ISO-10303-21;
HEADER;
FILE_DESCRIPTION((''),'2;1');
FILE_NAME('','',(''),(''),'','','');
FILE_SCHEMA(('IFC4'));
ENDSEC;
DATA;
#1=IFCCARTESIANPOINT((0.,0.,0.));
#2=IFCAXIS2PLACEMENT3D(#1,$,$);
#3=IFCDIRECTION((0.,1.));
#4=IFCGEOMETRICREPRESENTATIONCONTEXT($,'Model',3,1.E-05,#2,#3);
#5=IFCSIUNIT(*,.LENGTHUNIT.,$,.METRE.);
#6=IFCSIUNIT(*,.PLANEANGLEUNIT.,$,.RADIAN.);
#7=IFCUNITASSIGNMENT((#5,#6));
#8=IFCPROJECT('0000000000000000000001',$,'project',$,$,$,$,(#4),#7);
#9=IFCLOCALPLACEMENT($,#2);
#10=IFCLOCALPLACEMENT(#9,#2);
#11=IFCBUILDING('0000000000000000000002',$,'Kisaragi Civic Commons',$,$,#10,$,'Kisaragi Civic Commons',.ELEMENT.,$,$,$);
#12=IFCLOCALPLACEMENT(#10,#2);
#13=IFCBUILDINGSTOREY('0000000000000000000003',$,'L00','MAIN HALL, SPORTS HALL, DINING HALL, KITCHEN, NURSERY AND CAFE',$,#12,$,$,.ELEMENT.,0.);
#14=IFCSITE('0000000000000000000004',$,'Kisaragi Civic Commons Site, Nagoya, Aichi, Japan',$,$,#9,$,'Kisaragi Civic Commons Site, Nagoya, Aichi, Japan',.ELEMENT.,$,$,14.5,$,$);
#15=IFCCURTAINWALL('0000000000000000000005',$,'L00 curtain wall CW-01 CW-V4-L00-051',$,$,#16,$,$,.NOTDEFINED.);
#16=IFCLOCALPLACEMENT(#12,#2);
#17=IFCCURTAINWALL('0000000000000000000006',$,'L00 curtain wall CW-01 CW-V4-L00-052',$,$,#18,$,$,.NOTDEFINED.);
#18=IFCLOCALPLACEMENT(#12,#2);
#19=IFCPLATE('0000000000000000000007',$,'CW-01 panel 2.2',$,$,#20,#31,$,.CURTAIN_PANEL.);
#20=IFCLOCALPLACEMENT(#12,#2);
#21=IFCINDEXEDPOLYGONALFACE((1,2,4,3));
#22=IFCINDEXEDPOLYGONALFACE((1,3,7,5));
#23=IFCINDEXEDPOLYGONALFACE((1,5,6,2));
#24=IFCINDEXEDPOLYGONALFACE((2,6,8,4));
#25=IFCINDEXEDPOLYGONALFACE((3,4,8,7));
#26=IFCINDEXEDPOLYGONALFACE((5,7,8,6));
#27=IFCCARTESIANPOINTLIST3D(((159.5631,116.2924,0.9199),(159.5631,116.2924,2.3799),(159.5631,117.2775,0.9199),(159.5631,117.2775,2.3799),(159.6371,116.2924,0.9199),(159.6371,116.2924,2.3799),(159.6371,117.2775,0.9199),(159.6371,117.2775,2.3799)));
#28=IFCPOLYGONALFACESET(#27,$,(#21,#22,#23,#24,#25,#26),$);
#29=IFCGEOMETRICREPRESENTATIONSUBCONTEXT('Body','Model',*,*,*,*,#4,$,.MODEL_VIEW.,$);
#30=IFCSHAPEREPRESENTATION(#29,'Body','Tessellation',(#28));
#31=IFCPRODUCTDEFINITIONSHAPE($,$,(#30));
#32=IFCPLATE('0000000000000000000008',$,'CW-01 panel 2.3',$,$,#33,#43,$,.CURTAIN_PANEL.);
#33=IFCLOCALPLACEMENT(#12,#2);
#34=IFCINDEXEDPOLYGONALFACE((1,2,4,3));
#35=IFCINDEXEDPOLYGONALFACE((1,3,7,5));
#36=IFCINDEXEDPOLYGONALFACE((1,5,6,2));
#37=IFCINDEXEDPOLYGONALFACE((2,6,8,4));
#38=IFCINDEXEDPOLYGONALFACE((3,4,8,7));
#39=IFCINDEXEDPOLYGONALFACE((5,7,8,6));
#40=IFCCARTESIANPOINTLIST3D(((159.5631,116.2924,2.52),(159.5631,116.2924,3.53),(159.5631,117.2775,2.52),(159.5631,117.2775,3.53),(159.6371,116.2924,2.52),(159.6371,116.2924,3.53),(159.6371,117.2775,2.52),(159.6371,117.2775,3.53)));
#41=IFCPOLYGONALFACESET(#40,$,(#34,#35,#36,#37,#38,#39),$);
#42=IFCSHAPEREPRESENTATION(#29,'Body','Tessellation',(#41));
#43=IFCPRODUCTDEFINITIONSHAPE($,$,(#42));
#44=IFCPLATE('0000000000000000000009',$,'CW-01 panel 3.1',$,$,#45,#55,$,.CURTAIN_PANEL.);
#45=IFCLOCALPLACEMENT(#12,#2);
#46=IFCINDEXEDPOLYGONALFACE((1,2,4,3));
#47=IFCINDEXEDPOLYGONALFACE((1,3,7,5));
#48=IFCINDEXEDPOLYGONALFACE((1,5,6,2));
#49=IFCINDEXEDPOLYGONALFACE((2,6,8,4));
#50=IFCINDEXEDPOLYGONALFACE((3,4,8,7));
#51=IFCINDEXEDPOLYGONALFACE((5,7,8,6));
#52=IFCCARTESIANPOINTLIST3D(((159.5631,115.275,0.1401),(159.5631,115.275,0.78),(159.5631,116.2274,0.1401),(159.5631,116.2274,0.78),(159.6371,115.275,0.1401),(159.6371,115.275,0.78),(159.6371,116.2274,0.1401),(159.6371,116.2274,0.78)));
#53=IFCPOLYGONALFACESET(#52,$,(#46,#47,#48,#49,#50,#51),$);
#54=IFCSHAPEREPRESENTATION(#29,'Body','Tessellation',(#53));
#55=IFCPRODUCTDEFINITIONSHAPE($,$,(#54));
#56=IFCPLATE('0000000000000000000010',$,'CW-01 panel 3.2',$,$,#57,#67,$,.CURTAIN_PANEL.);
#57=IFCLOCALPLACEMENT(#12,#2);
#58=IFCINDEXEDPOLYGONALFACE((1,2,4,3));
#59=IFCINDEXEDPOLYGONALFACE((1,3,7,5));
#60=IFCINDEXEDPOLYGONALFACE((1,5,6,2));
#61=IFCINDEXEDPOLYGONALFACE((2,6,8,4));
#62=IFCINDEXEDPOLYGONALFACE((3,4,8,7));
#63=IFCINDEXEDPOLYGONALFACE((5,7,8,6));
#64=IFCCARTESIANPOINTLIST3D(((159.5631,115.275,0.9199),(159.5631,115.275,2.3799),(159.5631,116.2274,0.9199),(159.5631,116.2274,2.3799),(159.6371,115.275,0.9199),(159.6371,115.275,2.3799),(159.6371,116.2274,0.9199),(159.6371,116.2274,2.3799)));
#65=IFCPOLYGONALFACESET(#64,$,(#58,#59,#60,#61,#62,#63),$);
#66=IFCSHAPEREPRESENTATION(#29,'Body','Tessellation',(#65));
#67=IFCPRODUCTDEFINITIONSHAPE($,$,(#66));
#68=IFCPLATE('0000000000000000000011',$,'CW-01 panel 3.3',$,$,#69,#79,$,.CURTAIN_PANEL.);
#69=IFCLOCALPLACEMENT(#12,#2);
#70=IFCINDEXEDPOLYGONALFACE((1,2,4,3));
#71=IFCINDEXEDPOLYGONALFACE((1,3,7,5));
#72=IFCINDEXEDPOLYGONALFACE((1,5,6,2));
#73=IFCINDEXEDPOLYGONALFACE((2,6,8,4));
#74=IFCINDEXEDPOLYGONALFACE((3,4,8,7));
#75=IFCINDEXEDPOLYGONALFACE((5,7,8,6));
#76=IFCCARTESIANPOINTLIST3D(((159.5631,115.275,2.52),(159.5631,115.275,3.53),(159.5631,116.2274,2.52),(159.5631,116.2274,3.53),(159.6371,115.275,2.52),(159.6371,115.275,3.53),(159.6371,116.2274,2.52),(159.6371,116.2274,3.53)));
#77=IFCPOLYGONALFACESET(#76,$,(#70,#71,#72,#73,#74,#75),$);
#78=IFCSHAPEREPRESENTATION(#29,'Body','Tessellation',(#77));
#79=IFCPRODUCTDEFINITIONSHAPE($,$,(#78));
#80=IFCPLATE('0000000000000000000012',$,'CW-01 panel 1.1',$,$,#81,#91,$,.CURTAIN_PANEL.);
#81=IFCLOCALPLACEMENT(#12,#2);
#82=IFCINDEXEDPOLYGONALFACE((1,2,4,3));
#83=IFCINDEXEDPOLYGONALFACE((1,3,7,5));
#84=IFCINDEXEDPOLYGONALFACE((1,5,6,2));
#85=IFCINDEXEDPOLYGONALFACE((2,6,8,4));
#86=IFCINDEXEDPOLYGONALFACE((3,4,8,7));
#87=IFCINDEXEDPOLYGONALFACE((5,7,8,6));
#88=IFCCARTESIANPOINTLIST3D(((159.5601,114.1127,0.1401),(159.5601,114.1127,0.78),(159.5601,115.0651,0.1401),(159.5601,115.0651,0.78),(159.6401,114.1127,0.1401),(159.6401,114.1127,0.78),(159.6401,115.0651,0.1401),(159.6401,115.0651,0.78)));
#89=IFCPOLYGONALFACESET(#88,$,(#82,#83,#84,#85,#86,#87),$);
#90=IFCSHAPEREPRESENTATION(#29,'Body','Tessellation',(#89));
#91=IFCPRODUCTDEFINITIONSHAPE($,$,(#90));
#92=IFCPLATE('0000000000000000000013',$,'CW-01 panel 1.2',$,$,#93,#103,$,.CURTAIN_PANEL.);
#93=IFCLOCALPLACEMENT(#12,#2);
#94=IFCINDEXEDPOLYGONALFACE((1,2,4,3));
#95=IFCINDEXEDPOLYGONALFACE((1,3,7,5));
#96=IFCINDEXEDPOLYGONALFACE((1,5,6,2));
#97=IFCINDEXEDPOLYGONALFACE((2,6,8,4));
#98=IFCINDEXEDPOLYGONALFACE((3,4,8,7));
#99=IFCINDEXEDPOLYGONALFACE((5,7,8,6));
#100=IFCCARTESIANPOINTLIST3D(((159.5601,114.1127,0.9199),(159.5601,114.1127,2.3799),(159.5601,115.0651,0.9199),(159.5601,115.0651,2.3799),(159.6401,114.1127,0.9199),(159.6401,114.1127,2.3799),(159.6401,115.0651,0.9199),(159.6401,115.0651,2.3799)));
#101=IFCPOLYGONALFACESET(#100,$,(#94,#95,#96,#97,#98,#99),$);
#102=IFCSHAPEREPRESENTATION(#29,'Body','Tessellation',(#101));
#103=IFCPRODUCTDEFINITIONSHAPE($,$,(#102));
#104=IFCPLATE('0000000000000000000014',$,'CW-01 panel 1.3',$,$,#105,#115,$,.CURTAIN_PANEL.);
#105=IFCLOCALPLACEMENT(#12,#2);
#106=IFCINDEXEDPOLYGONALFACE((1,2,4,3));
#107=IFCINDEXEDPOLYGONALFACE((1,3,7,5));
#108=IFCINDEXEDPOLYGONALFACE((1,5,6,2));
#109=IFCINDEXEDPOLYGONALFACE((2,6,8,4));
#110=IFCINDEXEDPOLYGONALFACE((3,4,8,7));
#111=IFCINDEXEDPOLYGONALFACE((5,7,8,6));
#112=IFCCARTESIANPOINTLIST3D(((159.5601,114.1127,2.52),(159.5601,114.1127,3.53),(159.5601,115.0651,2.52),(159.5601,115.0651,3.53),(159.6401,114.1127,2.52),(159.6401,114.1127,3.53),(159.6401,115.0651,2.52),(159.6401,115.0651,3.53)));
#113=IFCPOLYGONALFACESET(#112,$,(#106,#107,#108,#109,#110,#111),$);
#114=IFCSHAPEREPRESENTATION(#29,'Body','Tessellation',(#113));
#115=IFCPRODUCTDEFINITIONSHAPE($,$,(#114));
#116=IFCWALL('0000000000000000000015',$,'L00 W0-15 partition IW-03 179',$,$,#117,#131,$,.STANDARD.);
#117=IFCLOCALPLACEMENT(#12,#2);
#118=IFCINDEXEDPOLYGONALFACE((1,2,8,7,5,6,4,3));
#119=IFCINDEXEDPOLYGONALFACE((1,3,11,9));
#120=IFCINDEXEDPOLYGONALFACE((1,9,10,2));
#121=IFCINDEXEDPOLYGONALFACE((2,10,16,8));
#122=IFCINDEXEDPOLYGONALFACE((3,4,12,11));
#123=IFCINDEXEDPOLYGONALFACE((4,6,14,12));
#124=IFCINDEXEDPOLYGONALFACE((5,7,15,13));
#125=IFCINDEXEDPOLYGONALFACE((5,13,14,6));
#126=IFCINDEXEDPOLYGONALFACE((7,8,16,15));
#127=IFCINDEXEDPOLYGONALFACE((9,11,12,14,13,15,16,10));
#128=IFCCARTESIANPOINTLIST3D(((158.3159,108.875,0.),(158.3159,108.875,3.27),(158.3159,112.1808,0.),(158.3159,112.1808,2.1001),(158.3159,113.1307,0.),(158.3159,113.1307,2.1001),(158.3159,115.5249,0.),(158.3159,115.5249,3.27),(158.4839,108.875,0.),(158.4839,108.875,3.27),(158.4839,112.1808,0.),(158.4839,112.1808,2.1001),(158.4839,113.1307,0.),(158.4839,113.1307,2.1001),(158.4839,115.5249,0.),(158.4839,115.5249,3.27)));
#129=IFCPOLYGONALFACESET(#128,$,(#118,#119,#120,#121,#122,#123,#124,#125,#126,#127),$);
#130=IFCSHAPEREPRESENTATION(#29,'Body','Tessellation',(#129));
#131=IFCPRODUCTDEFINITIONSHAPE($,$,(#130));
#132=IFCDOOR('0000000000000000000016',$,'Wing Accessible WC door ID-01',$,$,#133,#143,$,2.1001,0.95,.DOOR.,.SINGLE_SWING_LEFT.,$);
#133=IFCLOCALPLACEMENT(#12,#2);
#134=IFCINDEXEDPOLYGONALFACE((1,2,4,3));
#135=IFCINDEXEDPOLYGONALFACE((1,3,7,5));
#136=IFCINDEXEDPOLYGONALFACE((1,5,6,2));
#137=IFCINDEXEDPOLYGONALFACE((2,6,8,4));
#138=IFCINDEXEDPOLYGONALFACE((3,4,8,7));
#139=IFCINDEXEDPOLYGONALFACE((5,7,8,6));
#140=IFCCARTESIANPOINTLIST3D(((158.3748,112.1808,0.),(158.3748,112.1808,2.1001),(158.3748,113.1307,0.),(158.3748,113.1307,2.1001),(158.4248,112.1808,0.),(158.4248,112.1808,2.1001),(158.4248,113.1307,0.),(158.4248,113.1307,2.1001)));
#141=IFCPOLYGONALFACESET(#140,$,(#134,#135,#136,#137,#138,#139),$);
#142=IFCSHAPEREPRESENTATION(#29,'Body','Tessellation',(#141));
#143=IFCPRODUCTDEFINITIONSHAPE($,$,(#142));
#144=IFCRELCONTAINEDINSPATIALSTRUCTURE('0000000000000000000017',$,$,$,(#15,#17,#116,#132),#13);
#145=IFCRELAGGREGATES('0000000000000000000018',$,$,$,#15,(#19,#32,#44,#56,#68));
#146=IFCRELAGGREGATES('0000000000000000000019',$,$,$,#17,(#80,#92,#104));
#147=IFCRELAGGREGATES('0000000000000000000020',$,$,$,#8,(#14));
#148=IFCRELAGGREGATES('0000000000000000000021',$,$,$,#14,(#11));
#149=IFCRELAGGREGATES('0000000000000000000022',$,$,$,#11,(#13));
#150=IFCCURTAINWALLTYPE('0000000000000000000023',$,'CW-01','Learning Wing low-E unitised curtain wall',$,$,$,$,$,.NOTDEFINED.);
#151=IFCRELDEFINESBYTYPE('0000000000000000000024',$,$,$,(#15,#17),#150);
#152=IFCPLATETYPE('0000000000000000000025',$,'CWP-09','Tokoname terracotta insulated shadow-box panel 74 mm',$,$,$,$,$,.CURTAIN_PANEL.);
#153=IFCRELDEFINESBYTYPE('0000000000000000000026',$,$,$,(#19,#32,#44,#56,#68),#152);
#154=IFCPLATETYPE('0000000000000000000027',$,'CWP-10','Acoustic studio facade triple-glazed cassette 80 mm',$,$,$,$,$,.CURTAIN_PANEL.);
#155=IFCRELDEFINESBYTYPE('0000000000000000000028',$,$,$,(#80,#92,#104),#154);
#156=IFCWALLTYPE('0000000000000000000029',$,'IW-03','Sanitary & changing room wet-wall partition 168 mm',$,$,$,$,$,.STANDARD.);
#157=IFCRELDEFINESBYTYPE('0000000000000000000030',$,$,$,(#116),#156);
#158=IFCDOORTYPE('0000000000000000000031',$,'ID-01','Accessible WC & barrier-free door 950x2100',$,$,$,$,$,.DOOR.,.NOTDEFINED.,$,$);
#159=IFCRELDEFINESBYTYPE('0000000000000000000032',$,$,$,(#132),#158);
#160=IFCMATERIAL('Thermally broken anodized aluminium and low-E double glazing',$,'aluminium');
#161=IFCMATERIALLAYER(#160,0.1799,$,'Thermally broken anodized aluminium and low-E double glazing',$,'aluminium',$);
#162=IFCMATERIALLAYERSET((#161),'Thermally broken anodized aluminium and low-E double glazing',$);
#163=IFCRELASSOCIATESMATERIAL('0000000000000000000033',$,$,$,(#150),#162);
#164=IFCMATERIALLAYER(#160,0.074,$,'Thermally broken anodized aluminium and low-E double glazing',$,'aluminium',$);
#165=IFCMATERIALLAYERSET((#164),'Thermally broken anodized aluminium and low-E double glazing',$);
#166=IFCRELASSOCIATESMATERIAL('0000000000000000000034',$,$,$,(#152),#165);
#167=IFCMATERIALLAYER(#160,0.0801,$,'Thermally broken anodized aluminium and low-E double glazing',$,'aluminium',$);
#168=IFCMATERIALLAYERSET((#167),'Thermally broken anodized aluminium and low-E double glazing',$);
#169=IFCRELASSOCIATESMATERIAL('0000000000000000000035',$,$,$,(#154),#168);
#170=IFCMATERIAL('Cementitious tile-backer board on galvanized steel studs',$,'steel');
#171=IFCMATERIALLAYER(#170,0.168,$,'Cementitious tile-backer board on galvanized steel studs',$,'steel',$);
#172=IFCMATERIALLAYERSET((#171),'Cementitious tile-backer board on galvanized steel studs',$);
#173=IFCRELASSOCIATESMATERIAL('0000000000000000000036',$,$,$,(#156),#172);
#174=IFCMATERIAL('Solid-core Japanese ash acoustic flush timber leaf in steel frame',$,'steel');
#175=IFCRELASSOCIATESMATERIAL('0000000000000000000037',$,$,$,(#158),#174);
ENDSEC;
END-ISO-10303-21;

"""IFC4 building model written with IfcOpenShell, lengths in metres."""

from ifc_helpers import new_model, si_unit, direction, frame, frame_2d, origin, origin_2d, place, context, subcontext, project, spatial, rectangle, extrude, material, layer, layer_set, type_object, element, fill, aggregate, save


model = new_model("IFC4")

# Units and contexts
model_context = context("Model", 3, precision=1e-05, world=origin(), true_north=direction((0.0, 1.0)))
body_context = subcontext(model_context, "Body", "Model", "MODEL_VIEW")
ifc_project = project(units=[si_unit("LENGTHUNIT", "METRE"), si_unit("PLANEANGLEUNIT", "RADIAN")], contexts=[model_context])

# Site, building, storey
site_placement = place(None, origin())
site = spatial("IfcSite", under=ifc_project, at=site_placement, Name="Kisaragi Civic Commons Site, Nagoya, Aichi, Japan", LongName="Kisaragi Civic Commons Site, Nagoya, Aichi, Japan", CompositionType="ELEMENT", RefElevation=14.5)
building_placement = place(site_placement, origin())
building = spatial("IfcBuilding", under=site, at=building_placement, Name="Kisaragi Civic Commons", LongName="Kisaragi Civic Commons", CompositionType="ELEMENT")
storey_placement = place(building_placement, origin())
storey = spatial("IfcBuildingStorey", under=building, at=storey_placement, Name="L00", Description="MAIN HALL, SPORTS HALL, DINING HALL, KITCHEN, NURSERY AND CAFE", CompositionType="ELEMENT", Elevation=0.0)

# Curtain walls
ifc_material_1 = material(Name="Thermally broken anodized aluminium and low-E double glazing", Category="aluminium")
ifc_layer_1 = layer(ifc_material_1, 0.1799, Name="Thermally broken anodized aluminium and low-E double glazing", Category="aluminium")
ifc_layer_set_1 = layer_set([ifc_layer_1], Name="Thermally broken anodized aluminium and low-E double glazing")
curtain_wall_type = type_object("IfcCurtainWallType", Name="CW-01", Description="Learning Wing low-E unitised curtain wall", PredefinedType="NOTDEFINED", material=ifc_layer_set_1)
curtain_wall_1_placement = place(storey_placement, origin())
curtain_wall_1 = element("IfcCurtainWall", 1, at=curtain_wall_1_placement, inside=storey, type_object=curtain_wall_type, Name="L00 curtain wall CW-01 CW-V4-L00-051", PredefinedType="NOTDEFINED")
curtain_wall_2_placement = place(storey_placement, origin())
curtain_wall_2 = element("IfcCurtainWall", 2, at=curtain_wall_2_placement, inside=storey, type_object=curtain_wall_type, Name="L00 curtain wall CW-01 CW-V4-L00-052", PredefinedType="NOTDEFINED")

# Plates
ifc_layer_2 = layer(ifc_material_1, 0.074, Name="Thermally broken anodized aluminium and low-E double glazing", Category="aluminium")
ifc_layer_set_2 = layer_set([ifc_layer_2], Name="Thermally broken anodized aluminium and low-E double glazing")
plate_type_1 = type_object("IfcPlateType", Name="CWP-09", Description="Tokoname terracotta insulated shadow-box panel 74 mm", PredefinedType="CURTAIN_PANEL", material=ifc_layer_set_2)
plate_1_placement = place(storey_placement, frame((159.6001, 116.7849, 0.9199), z_axis=(0.0, 0.0, 1.0), x_axis=(0.0, -1.0, 0.0)))
plate_1 = element("IfcPlate", 3, at=plate_1_placement, type_object=plate_type_1, Name="CW-01 panel 2.2", PredefinedType="CURTAIN_PANEL", context=body_context, shape_type="SweptSolid", body=[
    extrude(rectangle(XDim=0.9851, YDim=0.074, at=origin_2d()), origin(), (0.0, 0.0, 1.0), 1.46),
])
plate_2_placement = place(storey_placement, frame((159.6001, 116.7849, 2.52), z_axis=(0.0, 0.0, 1.0), x_axis=(0.0, -1.0, 0.0)))
plate_2 = element("IfcPlate", 4, at=plate_2_placement, type_object=plate_type_1, Name="CW-01 panel 2.3", PredefinedType="CURTAIN_PANEL", context=body_context, shape_type="SweptSolid", body=[
    extrude(rectangle(XDim=0.9851, YDim=0.074, at=origin_2d()), origin(), (0.0, 0.0, 1.0), 1.01),
])
plate_3_placement = place(storey_placement, frame((159.6001, 115.7512, 0.1401), z_axis=(0.0, 0.0, 1.0), x_axis=(0.0, -1.0, 0.0)))
plate_3 = element("IfcPlate", 5, at=plate_3_placement, type_object=plate_type_1, Name="CW-01 panel 3.1", PredefinedType="CURTAIN_PANEL", context=body_context, shape_type="SweptSolid", body=[
    extrude(rectangle(XDim=0.9524, YDim=0.074, at=origin_2d()), origin(), (0.0, 0.0, 1.0), 0.6399),
])
plate_4_placement = place(storey_placement, frame((159.6001, 115.7512, 0.9199), z_axis=(0.0, 0.0, 1.0), x_axis=(0.0, -1.0, 0.0)))
plate_4 = element("IfcPlate", 6, at=plate_4_placement, type_object=plate_type_1, Name="CW-01 panel 3.2", PredefinedType="CURTAIN_PANEL", context=body_context, shape_type="SweptSolid", body=[
    extrude(rectangle(XDim=0.9524, YDim=0.074, at=origin_2d()), origin(), (0.0, 0.0, 1.0), 1.46),
])
plate_5_placement = place(storey_placement, frame((159.6001, 115.7512, 2.52), z_axis=(0.0, 0.0, 1.0), x_axis=(0.0, -1.0, 0.0)))
plate_5 = element("IfcPlate", 7, at=plate_5_placement, type_object=plate_type_1, Name="CW-01 panel 3.3", PredefinedType="CURTAIN_PANEL", context=body_context, shape_type="SweptSolid", body=[
    extrude(rectangle(XDim=0.9524, YDim=0.074, at=origin_2d()), origin(), (0.0, 0.0, 1.0), 1.01),
])
aggregate(curtain_wall_1, [plate_1, plate_2, plate_3, plate_4, plate_5])
ifc_layer_3 = layer(ifc_material_1, 0.0801, Name="Thermally broken anodized aluminium and low-E double glazing", Category="aluminium")
ifc_layer_set_3 = layer_set([ifc_layer_3], Name="Thermally broken anodized aluminium and low-E double glazing")
plate_type_2 = type_object("IfcPlateType", Name="CWP-10", Description="Acoustic studio facade triple-glazed cassette 80 mm", PredefinedType="CURTAIN_PANEL", material=ifc_layer_set_3)
plate_6_placement = place(storey_placement, frame((159.6001, 114.5889, 0.1401), z_axis=(0.0, 0.0, 1.0), x_axis=(0.0, -1.0, 0.0)))
plate_6 = element("IfcPlate", 8, at=plate_6_placement, type_object=plate_type_2, Name="CW-01 panel 1.1", PredefinedType="CURTAIN_PANEL", context=body_context, shape_type="SweptSolid", body=[
    extrude(rectangle(XDim=0.9524, YDim=0.0801, at=origin_2d()), origin(), (0.0, 0.0, 1.0), 0.6399),
])
plate_7_placement = place(storey_placement, frame((159.6001, 114.5889, 0.9199), z_axis=(0.0, 0.0, 1.0), x_axis=(0.0, -1.0, 0.0)))
plate_7 = element("IfcPlate", 9, at=plate_7_placement, type_object=plate_type_2, Name="CW-01 panel 1.2", PredefinedType="CURTAIN_PANEL", context=body_context, shape_type="SweptSolid", body=[
    extrude(rectangle(XDim=0.9524, YDim=0.0801, at=origin_2d()), origin(), (0.0, 0.0, 1.0), 1.46),
])
plate_8_placement = place(storey_placement, frame((159.6001, 114.5889, 2.52), z_axis=(0.0, 0.0, 1.0), x_axis=(0.0, -1.0, 0.0)))
plate_8 = element("IfcPlate", 10, at=plate_8_placement, type_object=plate_type_2, Name="CW-01 panel 1.3", PredefinedType="CURTAIN_PANEL", context=body_context, shape_type="SweptSolid", body=[
    extrude(rectangle(XDim=0.9524, YDim=0.0801, at=origin_2d()), origin(), (0.0, 0.0, 1.0), 1.01),
])
aggregate(curtain_wall_2, [plate_6, plate_7, plate_8])

# Wall, opening, door
ifc_material_2 = material(Name="Cementitious tile-backer board on galvanized steel studs", Category="steel")
ifc_layer_4 = layer(ifc_material_2, 0.168, Name="Cementitious tile-backer board on galvanized steel studs", Category="steel")
ifc_layer_set_4 = layer_set([ifc_layer_4], Name="Cementitious tile-backer board on galvanized steel studs")
wall_type = type_object("IfcWallType", Name="IW-03", Description="Sanitary & changing room wet-wall partition 168 mm", PredefinedType="STANDARD", material=ifc_layer_set_4)
wall_placement = place(storey_placement, frame((158.3999, 115.5249, 0.0), z_axis=(0.0, 0.0, 1.0), x_axis=(0.0, -1.0, 0.0)))
wall = element("IfcWall", 11, at=wall_placement, inside=storey, type_object=wall_type, Name="L00 W0-15 partition IW-03 179", PredefinedType="STANDARD", context=body_context, shape_type="SweptSolid", body=[
    extrude(rectangle(XDim=6.6499, YDim=0.168, at=frame_2d((3.325, 0.0))), origin(), (0.0, 0.0, 1.0), 3.27),
])
opening_placement = place(wall_placement, frame((2.394, 0.0, 0.0)))
opening = element("IfcOpeningElement", 12, at=opening_placement, cuts=wall, PredefinedType="OPENING", context=body_context, shape_type="SweptSolid", body=[
    extrude(rectangle(XDim=0.95, YDim=2.1001, at=frame_2d((0.4751, 1.05))), frame((0.0, 0.094, 0.0), z_axis=(0.0, -1.0, 0.0), x_axis=(1.0, 0.0, 0.0)), (0.0, 0.0, 1.0), 0.188),
])
ifc_material_3 = material(Name="Solid-core Japanese ash acoustic flush timber leaf in steel frame", Category="steel")
door_type = type_object("IfcDoorType", Name="ID-01", Description="Accessible WC & barrier-free door 950x2100", OperationType="NOTDEFINED", PredefinedType="DOOR", material=ifc_material_3)
door_placement = place(opening_placement, origin())
door = element("IfcDoor", 13, at=door_placement, inside=storey, type_object=door_type, Name="Wing Accessible WC door ID-01", OperationType="SINGLE_SWING_LEFT", OverallHeight=2.1001, OverallWidth=0.95, PredefinedType="DOOR", context=body_context, shape_type="SweptSolid", body=[
    extrude(rectangle(XDim=0.95, YDim=2.1001, at=frame_2d((0.4751, 1.05))), frame((0.0, 0.0249, 0.0), z_axis=(0.0, -1.0, 0.0), x_axis=(1.0, 0.0, 0.0)), (0.0, 0.0, 1.0), 0.05),
])
fill(opening, door)

save(model, "model.ifc")
